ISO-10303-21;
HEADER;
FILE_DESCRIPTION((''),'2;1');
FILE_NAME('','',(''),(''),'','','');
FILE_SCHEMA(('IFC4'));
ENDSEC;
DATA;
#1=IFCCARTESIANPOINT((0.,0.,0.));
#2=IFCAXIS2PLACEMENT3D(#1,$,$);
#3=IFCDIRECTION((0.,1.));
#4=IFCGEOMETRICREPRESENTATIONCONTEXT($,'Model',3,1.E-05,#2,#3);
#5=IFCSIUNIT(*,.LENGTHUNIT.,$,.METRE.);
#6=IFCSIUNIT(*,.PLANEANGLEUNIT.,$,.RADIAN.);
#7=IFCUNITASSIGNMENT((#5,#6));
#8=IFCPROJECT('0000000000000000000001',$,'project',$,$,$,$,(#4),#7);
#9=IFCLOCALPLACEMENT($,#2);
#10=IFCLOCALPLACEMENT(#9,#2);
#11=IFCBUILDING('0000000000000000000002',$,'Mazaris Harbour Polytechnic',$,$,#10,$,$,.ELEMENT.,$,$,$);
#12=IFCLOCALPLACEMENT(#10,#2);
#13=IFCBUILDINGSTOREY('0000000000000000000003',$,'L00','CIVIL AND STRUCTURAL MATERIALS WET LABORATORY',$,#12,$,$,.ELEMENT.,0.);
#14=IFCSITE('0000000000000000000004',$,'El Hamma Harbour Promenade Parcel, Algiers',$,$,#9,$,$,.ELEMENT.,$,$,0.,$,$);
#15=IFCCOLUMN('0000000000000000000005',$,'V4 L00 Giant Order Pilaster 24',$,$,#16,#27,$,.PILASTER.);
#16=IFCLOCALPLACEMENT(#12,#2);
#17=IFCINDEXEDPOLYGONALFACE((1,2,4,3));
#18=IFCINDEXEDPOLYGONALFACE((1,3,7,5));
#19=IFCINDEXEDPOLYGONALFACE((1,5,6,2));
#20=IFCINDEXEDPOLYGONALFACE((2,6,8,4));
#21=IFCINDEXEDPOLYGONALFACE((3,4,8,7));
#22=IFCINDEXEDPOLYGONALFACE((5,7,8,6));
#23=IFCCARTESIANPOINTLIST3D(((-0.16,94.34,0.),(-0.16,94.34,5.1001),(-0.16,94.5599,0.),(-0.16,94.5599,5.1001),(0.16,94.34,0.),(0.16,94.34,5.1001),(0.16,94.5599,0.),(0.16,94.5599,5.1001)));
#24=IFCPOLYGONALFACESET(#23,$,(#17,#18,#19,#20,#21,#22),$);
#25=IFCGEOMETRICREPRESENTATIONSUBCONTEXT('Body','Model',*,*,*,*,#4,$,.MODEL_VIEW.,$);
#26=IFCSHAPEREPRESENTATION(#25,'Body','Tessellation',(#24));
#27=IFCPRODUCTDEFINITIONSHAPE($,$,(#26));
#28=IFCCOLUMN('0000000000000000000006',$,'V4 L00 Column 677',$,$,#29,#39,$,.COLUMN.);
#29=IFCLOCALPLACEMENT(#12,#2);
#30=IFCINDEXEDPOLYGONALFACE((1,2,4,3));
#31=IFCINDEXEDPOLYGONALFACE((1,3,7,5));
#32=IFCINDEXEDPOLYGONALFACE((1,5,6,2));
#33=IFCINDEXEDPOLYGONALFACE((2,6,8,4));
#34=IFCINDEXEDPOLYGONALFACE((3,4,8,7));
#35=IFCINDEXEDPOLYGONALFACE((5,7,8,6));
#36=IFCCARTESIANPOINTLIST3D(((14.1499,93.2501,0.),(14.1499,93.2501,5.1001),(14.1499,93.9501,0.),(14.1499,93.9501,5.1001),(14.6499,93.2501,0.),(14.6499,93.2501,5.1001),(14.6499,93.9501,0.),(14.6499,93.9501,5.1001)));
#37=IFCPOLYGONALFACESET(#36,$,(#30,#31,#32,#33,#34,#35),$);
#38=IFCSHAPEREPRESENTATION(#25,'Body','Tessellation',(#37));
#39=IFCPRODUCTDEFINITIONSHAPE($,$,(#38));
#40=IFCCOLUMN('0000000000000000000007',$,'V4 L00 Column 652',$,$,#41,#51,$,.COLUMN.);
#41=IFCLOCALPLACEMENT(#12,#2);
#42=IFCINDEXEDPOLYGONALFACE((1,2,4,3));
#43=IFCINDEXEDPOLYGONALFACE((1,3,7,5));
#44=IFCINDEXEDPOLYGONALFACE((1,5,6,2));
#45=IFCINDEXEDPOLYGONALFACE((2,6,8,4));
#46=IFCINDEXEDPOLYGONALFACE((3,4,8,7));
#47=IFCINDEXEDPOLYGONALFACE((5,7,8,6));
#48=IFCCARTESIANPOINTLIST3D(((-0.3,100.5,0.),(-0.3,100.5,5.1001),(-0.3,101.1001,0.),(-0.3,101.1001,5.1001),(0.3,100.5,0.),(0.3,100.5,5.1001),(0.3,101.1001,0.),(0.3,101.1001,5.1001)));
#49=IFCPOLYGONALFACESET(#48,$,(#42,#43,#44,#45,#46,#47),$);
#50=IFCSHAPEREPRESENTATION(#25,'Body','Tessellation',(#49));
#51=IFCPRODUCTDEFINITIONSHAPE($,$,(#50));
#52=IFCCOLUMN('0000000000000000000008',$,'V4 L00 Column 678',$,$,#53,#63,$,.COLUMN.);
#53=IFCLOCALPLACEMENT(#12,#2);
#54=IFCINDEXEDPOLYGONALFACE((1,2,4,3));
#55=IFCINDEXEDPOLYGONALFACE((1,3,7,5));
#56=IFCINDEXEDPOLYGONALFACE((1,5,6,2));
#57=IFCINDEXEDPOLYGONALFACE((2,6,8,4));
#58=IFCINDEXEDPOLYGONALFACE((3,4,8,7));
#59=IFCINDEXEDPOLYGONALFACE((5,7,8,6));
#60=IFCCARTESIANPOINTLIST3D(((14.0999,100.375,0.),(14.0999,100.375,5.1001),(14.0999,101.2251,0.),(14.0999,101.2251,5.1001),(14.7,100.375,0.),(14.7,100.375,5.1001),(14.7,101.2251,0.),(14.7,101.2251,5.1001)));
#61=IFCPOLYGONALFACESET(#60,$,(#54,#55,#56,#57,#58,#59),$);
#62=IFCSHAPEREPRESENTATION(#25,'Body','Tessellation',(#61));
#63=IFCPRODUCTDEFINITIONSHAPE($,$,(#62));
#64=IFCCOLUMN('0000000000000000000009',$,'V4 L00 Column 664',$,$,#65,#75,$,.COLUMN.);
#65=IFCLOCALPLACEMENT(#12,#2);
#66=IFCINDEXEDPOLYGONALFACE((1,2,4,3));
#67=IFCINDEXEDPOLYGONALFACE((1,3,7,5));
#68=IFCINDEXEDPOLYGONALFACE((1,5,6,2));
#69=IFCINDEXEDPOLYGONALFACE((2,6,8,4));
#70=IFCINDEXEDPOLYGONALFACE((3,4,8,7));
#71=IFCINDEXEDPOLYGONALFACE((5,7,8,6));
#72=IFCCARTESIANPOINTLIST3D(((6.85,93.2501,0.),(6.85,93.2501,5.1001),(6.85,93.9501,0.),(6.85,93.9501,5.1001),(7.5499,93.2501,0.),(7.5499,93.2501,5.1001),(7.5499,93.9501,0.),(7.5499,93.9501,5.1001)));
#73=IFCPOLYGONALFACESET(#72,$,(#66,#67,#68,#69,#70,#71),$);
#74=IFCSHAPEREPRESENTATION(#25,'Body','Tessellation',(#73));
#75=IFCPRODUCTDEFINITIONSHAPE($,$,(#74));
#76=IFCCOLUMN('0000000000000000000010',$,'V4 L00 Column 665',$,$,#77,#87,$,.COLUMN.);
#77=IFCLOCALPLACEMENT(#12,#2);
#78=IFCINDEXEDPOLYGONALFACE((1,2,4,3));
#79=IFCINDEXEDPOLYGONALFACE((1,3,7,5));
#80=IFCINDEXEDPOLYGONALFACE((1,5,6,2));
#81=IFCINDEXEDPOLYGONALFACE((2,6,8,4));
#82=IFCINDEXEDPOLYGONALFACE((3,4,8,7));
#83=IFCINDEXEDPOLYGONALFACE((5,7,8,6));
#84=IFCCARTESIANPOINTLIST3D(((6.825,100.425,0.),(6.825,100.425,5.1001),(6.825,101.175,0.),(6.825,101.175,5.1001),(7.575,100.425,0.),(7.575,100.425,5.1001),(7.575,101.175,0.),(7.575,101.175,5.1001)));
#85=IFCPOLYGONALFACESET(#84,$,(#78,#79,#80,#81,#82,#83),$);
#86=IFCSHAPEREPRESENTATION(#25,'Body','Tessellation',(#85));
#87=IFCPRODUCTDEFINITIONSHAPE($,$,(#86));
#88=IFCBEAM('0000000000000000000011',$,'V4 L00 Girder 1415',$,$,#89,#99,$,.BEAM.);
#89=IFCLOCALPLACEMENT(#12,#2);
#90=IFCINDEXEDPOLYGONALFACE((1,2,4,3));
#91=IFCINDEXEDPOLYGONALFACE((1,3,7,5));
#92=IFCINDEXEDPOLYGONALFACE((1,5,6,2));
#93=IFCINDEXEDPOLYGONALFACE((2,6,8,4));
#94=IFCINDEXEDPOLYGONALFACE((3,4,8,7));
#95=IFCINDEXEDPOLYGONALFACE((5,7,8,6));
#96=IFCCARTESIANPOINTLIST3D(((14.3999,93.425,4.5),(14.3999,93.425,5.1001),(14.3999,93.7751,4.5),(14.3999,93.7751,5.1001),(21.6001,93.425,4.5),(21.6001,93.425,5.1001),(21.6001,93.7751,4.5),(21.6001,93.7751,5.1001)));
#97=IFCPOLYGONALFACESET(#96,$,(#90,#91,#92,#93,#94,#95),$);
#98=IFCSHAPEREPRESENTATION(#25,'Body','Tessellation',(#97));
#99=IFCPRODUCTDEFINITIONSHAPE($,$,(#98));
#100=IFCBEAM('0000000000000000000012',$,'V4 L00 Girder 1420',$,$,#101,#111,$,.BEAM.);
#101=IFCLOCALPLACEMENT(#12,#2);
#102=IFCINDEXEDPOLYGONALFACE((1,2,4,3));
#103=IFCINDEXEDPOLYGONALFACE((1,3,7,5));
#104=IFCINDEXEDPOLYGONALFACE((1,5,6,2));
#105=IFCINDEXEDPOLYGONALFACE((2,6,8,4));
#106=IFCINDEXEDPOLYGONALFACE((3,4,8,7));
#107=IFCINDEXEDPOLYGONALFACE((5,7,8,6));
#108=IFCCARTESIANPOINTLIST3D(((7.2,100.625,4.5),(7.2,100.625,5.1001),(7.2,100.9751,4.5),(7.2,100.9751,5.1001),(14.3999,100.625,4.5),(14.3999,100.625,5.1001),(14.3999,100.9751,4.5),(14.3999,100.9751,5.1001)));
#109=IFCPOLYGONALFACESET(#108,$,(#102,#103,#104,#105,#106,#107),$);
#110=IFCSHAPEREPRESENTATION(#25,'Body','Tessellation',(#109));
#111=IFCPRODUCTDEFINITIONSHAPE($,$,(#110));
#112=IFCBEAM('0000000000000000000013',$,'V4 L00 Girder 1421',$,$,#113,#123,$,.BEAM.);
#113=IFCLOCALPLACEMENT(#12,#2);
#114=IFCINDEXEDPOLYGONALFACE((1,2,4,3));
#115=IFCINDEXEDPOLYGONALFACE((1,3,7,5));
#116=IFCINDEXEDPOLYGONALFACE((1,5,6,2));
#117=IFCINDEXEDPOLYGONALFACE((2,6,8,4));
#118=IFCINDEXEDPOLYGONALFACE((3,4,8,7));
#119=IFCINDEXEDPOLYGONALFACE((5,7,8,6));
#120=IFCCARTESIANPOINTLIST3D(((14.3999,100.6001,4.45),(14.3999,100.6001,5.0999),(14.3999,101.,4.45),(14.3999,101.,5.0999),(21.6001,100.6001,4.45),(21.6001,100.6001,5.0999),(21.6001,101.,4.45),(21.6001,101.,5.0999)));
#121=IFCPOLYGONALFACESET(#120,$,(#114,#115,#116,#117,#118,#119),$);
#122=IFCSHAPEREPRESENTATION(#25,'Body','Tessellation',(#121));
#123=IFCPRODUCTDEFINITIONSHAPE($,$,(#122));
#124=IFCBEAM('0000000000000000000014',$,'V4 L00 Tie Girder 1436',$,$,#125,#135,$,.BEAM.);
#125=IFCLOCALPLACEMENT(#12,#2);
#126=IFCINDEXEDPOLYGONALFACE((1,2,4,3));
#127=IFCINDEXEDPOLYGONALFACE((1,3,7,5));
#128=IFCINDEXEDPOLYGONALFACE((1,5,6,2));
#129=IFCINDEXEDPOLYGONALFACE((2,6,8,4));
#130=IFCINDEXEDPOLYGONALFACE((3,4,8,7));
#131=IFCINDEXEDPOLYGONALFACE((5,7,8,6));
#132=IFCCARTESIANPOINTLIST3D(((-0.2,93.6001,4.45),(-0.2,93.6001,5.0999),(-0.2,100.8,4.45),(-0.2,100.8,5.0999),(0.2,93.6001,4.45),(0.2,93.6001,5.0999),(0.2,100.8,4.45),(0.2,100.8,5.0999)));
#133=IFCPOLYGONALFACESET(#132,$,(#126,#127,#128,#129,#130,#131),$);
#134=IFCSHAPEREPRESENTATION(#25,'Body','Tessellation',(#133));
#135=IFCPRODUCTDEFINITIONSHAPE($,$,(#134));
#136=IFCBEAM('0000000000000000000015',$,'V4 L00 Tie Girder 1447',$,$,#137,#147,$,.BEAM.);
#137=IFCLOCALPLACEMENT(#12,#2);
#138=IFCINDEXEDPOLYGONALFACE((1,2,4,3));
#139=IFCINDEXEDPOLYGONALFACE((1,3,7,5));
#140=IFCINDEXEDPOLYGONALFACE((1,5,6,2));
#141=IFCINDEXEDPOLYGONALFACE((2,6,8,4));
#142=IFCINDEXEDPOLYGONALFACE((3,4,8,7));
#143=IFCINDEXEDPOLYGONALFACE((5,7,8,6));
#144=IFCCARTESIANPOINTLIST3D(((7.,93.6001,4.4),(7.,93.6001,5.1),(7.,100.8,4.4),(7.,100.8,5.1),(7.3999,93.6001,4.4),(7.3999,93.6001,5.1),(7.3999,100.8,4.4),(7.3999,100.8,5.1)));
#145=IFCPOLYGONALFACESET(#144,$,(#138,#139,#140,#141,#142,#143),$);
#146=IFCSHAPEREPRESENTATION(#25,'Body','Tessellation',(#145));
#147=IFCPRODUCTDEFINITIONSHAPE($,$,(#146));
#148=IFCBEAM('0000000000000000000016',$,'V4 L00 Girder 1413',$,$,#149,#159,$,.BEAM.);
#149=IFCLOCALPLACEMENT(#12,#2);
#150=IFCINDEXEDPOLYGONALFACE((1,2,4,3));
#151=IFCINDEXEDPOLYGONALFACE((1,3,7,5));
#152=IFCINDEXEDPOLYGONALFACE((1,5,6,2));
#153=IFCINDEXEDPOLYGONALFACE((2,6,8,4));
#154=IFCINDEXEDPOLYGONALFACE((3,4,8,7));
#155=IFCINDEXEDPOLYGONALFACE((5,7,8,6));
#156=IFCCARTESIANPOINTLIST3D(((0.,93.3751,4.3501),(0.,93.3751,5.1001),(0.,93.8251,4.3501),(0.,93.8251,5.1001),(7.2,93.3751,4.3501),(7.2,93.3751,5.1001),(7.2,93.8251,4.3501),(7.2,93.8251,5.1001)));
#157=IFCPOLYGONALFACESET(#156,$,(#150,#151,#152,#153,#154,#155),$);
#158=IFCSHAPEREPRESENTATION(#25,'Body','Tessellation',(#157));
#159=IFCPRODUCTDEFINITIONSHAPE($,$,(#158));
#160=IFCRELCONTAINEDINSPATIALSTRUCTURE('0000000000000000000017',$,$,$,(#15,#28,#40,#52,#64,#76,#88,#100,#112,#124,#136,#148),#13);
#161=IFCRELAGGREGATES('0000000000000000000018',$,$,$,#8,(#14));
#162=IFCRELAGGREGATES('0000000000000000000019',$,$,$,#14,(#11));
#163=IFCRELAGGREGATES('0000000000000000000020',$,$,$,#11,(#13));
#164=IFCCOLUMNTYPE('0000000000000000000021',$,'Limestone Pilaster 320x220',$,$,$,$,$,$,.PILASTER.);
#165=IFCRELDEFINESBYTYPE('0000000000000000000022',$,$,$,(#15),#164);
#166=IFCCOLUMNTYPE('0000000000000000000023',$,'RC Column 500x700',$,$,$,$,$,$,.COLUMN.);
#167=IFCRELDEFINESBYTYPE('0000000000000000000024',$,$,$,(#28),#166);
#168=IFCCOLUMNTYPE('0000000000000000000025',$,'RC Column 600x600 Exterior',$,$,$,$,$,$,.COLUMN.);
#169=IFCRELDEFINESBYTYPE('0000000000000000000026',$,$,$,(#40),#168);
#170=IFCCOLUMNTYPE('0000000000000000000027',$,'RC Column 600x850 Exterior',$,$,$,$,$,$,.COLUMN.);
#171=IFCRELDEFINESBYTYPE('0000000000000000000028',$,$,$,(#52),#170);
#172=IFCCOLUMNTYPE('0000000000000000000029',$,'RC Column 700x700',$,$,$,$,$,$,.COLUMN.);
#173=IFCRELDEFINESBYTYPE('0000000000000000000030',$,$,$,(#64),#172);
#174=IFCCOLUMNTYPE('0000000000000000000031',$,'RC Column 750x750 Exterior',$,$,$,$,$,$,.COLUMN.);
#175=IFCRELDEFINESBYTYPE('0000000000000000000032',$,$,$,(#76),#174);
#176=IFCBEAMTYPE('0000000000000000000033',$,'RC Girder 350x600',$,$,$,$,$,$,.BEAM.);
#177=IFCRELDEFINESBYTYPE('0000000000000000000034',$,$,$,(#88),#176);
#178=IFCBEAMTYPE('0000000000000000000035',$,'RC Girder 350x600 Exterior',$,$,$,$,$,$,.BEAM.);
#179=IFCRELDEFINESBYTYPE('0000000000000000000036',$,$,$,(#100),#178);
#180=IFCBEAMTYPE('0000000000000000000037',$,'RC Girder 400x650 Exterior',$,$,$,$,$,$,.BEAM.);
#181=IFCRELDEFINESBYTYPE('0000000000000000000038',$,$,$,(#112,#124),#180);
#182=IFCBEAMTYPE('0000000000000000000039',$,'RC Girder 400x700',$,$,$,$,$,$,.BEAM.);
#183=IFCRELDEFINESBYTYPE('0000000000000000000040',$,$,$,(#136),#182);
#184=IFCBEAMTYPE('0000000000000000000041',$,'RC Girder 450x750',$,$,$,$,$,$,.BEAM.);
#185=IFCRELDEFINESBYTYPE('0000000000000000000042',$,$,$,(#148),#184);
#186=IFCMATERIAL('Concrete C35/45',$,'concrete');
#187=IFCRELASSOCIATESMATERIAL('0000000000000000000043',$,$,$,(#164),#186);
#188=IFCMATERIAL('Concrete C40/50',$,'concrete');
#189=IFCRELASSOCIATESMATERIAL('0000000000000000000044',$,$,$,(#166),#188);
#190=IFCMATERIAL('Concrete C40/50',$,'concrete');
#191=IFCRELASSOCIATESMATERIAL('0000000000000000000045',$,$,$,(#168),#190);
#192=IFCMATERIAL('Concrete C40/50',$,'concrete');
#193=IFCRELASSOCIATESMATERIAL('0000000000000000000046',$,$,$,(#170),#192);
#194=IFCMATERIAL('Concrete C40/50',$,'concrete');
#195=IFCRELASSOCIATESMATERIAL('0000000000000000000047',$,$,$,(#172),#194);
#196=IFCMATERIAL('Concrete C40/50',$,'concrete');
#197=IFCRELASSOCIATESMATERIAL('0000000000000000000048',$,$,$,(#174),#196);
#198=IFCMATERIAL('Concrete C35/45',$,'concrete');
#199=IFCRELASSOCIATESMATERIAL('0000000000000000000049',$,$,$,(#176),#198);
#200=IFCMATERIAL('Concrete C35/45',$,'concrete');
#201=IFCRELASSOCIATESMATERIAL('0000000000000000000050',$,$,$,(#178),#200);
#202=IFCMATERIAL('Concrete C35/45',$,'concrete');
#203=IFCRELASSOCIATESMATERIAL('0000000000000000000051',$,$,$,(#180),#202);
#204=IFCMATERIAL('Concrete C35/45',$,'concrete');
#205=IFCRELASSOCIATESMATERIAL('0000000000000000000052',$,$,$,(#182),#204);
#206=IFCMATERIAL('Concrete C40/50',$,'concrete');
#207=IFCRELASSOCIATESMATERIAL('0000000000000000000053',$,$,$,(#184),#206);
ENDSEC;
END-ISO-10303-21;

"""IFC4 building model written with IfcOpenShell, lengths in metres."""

from ifc_helpers import new_model, si_unit, direction, frame, origin, origin_2d, place, context, subcontext, project, spatial, rectangle, extrude, material, material_profile, profile_set, type_object, element, save


model = new_model("IFC4")

# Units and contexts
model_context = context("Model", 3, precision=1e-05, world=origin(), true_north=direction((0.0, 1.0)))
body_context = subcontext(model_context, "Body", "Model", "MODEL_VIEW")
ifc_project = project(units=[si_unit("LENGTHUNIT", "METRE"), si_unit("PLANEANGLEUNIT", "RADIAN")], contexts=[model_context])

# Site, building, storey
site_placement = place(None, origin())
site = spatial("IfcSite", under=ifc_project, at=site_placement, Name="El Hamma Harbour Promenade Parcel, Algiers", CompositionType="ELEMENT", RefElevation=0.0)
building_placement = place(site_placement, origin())
building = spatial("IfcBuilding", under=site, at=building_placement, Name="Mazaris Harbour Polytechnic", CompositionType="ELEMENT")
storey_placement = place(building_placement, origin())
storey = spatial("IfcBuildingStorey", under=building, at=storey_placement, Name="L00", Description="CIVIL AND STRUCTURAL MATERIALS WET LABORATORY", CompositionType="ELEMENT", Elevation=0.0)

# Columns
ifc_material_1 = material(Name="Concrete C35/45", Category="concrete")
ifc_material_profile_1 = material_profile(ifc_material_1, rectangle(XDim=0.3201, YDim=0.22, at=origin_2d()), Name="RECT320x220")
ifc_profile_set_1 = profile_set([ifc_material_profile_1], Name="Concrete C35/45")
column_type_1 = type_object("IfcColumnType", Name="Limestone Pilaster 320x220", PredefinedType="PILASTER", material=ifc_profile_set_1)
column_1_placement = place(storey_placement, frame((0.0, 94.45, 0.0), z_axis=(0.0, 0.0, 1.0), x_axis=(1.0, 0.0, 0.0)))
element("IfcColumn", 1, at=column_1_placement, inside=storey, type_object=column_type_1, Name="V4 L00 Giant Order Pilaster 24", PredefinedType="PILASTER", context=body_context, shape_type="SweptSolid", body=[
    extrude(rectangle(XDim=0.3201, YDim=0.22, at=origin_2d()), origin(), (0.0, 0.0, 1.0), 5.1001),
])
ifc_material_2 = material(Name="Concrete C40/50", Category="concrete")
ifc_material_profile_2 = material_profile(ifc_material_2, rectangle(XDim=0.5, YDim=0.7, at=origin_2d()), Name="RECT500x700")
ifc_profile_set_2 = profile_set([ifc_material_profile_2], Name="Concrete C40/50")
column_type_2 = type_object("IfcColumnType", Name="RC Column 500x700", PredefinedType="COLUMN", material=ifc_profile_set_2)
column_2_placement = place(storey_placement, frame((14.3999, 93.6001, 0.0), z_axis=(0.0, 0.0, 1.0), x_axis=(1.0, 0.0, 0.0)))
element("IfcColumn", 2, at=column_2_placement, inside=storey, type_object=column_type_2, Name="V4 L00 Column 677", PredefinedType="COLUMN", context=body_context, shape_type="SweptSolid", body=[
    extrude(rectangle(XDim=0.5, YDim=0.7, at=origin_2d()), origin(), (0.0, 0.0, 1.0), 5.1001),
])
ifc_material_3 = material(Name="Concrete C40/50", Category="concrete")
ifc_material_profile_3 = material_profile(ifc_material_3, rectangle(XDim=0.6001, YDim=0.6001, at=origin_2d()), Name="RECT600x600")
ifc_profile_set_3 = profile_set([ifc_material_profile_3], Name="Concrete C40/50")
column_type_3 = type_object("IfcColumnType", Name="RC Column 600x600 Exterior", PredefinedType="COLUMN", material=ifc_profile_set_3)
column_3_placement = place(storey_placement, frame((0.0, 100.8, 0.0), z_axis=(0.0, 0.0, 1.0), x_axis=(1.0, 0.0, 0.0)))
element("IfcColumn", 3, at=column_3_placement, inside=storey, type_object=column_type_3, Name="V4 L00 Column 652", PredefinedType="COLUMN", context=body_context, shape_type="SweptSolid", body=[
    extrude(rectangle(XDim=0.6001, YDim=0.6001, at=origin_2d()), origin(), (0.0, 0.0, 1.0), 5.1001),
])
ifc_material_4 = material(Name="Concrete C40/50", Category="concrete")
ifc_material_profile_4 = material_profile(ifc_material_4, rectangle(XDim=0.6001, YDim=0.8501, at=origin_2d()), Name="RECT600x850")
ifc_profile_set_4 = profile_set([ifc_material_profile_4], Name="Concrete C40/50")
column_type_4 = type_object("IfcColumnType", Name="RC Column 600x850 Exterior", PredefinedType="COLUMN", material=ifc_profile_set_4)
column_4_placement = place(storey_placement, frame((14.3999, 100.8, 0.0), z_axis=(0.0, 0.0, 1.0), x_axis=(1.0, 0.0, 0.0)))
element("IfcColumn", 4, at=column_4_placement, inside=storey, type_object=column_type_4, Name="V4 L00 Column 678", PredefinedType="COLUMN", context=body_context, shape_type="SweptSolid", body=[
    extrude(rectangle(XDim=0.6001, YDim=0.8501, at=origin_2d()), origin(), (0.0, 0.0, 1.0), 5.1001),
])
ifc_material_5 = material(Name="Concrete C40/50", Category="concrete")
ifc_material_profile_5 = material_profile(ifc_material_5, rectangle(XDim=0.7, YDim=0.7, at=origin_2d()), Name="RECT700x700")
ifc_profile_set_5 = profile_set([ifc_material_profile_5], Name="Concrete C40/50")
column_type_5 = type_object("IfcColumnType", Name="RC Column 700x700", PredefinedType="COLUMN", material=ifc_profile_set_5)
column_5_placement = place(storey_placement, frame((7.2, 93.6001, 0.0), z_axis=(0.0, 0.0, 1.0), x_axis=(1.0, 0.0, 0.0)))
element("IfcColumn", 5, at=column_5_placement, inside=storey, type_object=column_type_5, Name="V4 L00 Column 664", PredefinedType="COLUMN", context=body_context, shape_type="SweptSolid", body=[
    extrude(rectangle(XDim=0.7, YDim=0.7, at=origin_2d()), origin(), (0.0, 0.0, 1.0), 5.1001),
])
ifc_material_6 = material(Name="Concrete C40/50", Category="concrete")
ifc_material_profile_6 = material_profile(ifc_material_6, rectangle(XDim=0.75, YDim=0.75, at=origin_2d()), Name="RECT750x750")
ifc_profile_set_6 = profile_set([ifc_material_profile_6], Name="Concrete C40/50")
column_type_6 = type_object("IfcColumnType", Name="RC Column 750x750 Exterior", PredefinedType="COLUMN", material=ifc_profile_set_6)
column_6_placement = place(storey_placement, frame((7.2, 100.8, 0.0), z_axis=(0.0, 0.0, 1.0), x_axis=(1.0, 0.0, 0.0)))
element("IfcColumn", 6, at=column_6_placement, inside=storey, type_object=column_type_6, Name="V4 L00 Column 665", PredefinedType="COLUMN", context=body_context, shape_type="SweptSolid", body=[
    extrude(rectangle(XDim=0.75, YDim=0.75, at=origin_2d()), origin(), (0.0, 0.0, 1.0), 5.1001),
])

# Beams
ifc_material_7 = material(Name="Concrete C35/45", Category="concrete")
ifc_material_profile_7 = material_profile(ifc_material_7, rectangle(XDim=0.3501, YDim=0.6001, at=origin_2d()), Name="RECT350x600")
ifc_profile_set_7 = profile_set([ifc_material_profile_7], Name="Concrete C35/45")
beam_type_1 = type_object("IfcBeamType", Name="RC Girder 350x600", PredefinedType="BEAM", material=ifc_profile_set_7)
beam_1_placement = place(storey_placement, frame((14.3999, 93.6001, 4.8), z_axis=(1.0, 0.0, 0.0), x_axis=(0.0, 1.0, 0.0)))
element("IfcBeam", 7, at=beam_1_placement, inside=storey, type_object=beam_type_1, Name="V4 L00 Girder 1415", PredefinedType="BEAM", context=body_context, shape_type="SweptSolid", body=[
    extrude(rectangle(XDim=0.3501, YDim=0.6001, at=origin_2d()), origin(), (0.0, 0.0, 1.0), 7.2002),
])
ifc_material_8 = material(Name="Concrete C35/45", Category="concrete")
ifc_material_profile_8 = material_profile(ifc_material_8, rectangle(XDim=0.3501, YDim=0.6001, at=origin_2d()), Name="RECT350x600")
ifc_profile_set_8 = profile_set([ifc_material_profile_8], Name="Concrete C35/45")
beam_type_2 = type_object("IfcBeamType", Name="RC Girder 350x600 Exterior", PredefinedType="BEAM", material=ifc_profile_set_8)
beam_2_placement = place(storey_placement, frame((7.2, 100.8, 4.8), z_axis=(1.0, 0.0, 0.0), x_axis=(0.0, 1.0, 0.0)))
element("IfcBeam", 8, at=beam_2_placement, inside=storey, type_object=beam_type_2, Name="V4 L00 Girder 1420", PredefinedType="BEAM", context=body_context, shape_type="SweptSolid", body=[
    extrude(rectangle(XDim=0.3501, YDim=0.6001, at=origin_2d()), origin(), (0.0, 0.0, 1.0), 7.2),
])
ifc_material_9 = material(Name="Concrete C35/45", Category="concrete")
ifc_material_profile_9 = material_profile(ifc_material_9, rectangle(XDim=0.3999, YDim=0.6499, at=origin_2d()), Name="RECT400x650")
ifc_profile_set_9 = profile_set([ifc_material_profile_9], Name="Concrete C35/45")
beam_type_3 = type_object("IfcBeamType", Name="RC Girder 400x650 Exterior", PredefinedType="BEAM", material=ifc_profile_set_9)
beam_3_placement = place(storey_placement, frame((14.3999, 100.8, 4.7749), z_axis=(1.0, 0.0, 0.0), x_axis=(0.0, 1.0, 0.0)))
element("IfcBeam", 9, at=beam_3_placement, inside=storey, type_object=beam_type_3, Name="V4 L00 Girder 1421", PredefinedType="BEAM", context=body_context, shape_type="SweptSolid", body=[
    extrude(rectangle(XDim=0.3999, YDim=0.6499, at=origin_2d()), origin(), (0.0, 0.0, 1.0), 7.2002),
])
beam_4_placement = place(storey_placement, frame((0.0, 93.6001, 4.7749), z_axis=(0.0, 1.0, 0.0), x_axis=(-1.0, 0.0, 0.0)))
element("IfcBeam", 10, at=beam_4_placement, inside=storey, type_object=beam_type_3, Name="V4 L00 Tie Girder 1436", PredefinedType="BEAM", context=body_context, shape_type="SweptSolid", body=[
    extrude(rectangle(XDim=0.3999, YDim=0.6499, at=origin_2d()), origin(), (0.0, 0.0, 1.0), 7.2),
])
ifc_material_10 = material(Name="Concrete C35/45", Category="concrete")
ifc_material_profile_10 = material_profile(ifc_material_10, rectangle(XDim=0.3999, YDim=0.7, at=origin_2d()), Name="RECT400x700")
ifc_profile_set_10 = profile_set([ifc_material_profile_10], Name="Concrete C35/45")
beam_type_4 = type_object("IfcBeamType", Name="RC Girder 400x700", PredefinedType="BEAM", material=ifc_profile_set_10)
beam_5_placement = place(storey_placement, frame((7.2, 93.6001, 4.75), z_axis=(0.0, 1.0, 0.0), x_axis=(-1.0, 0.0, 0.0)))
element("IfcBeam", 11, at=beam_5_placement, inside=storey, type_object=beam_type_4, Name="V4 L00 Tie Girder 1447", PredefinedType="BEAM", context=body_context, shape_type="SweptSolid", body=[
    extrude(rectangle(XDim=0.3999, YDim=0.7, at=origin_2d()), origin(), (0.0, 0.0, 1.0), 7.2),
])
ifc_material_11 = material(Name="Concrete C40/50", Category="concrete")
ifc_material_profile_11 = material_profile(ifc_material_11, rectangle(XDim=0.45, YDim=0.75, at=origin_2d()), Name="RECT450x750")
ifc_profile_set_11 = profile_set([ifc_material_profile_11], Name="Concrete C40/50")
beam_type_5 = type_object("IfcBeamType", Name="RC Girder 450x750", PredefinedType="BEAM", material=ifc_profile_set_11)
beam_6_placement = place(storey_placement, frame((0.0, 93.6001, 4.7251), z_axis=(1.0, 0.0, 0.0), x_axis=(0.0, 1.0, 0.0)))
element("IfcBeam", 12, at=beam_6_placement, inside=storey, type_object=beam_type_5, Name="V4 L00 Girder 1413", PredefinedType="BEAM", context=body_context, shape_type="SweptSolid", body=[
    extrude(rectangle(XDim=0.45, YDim=0.75, at=origin_2d()), origin(), (0.0, 0.0, 1.0), 7.2),
])

save(model, "model.ifc")
